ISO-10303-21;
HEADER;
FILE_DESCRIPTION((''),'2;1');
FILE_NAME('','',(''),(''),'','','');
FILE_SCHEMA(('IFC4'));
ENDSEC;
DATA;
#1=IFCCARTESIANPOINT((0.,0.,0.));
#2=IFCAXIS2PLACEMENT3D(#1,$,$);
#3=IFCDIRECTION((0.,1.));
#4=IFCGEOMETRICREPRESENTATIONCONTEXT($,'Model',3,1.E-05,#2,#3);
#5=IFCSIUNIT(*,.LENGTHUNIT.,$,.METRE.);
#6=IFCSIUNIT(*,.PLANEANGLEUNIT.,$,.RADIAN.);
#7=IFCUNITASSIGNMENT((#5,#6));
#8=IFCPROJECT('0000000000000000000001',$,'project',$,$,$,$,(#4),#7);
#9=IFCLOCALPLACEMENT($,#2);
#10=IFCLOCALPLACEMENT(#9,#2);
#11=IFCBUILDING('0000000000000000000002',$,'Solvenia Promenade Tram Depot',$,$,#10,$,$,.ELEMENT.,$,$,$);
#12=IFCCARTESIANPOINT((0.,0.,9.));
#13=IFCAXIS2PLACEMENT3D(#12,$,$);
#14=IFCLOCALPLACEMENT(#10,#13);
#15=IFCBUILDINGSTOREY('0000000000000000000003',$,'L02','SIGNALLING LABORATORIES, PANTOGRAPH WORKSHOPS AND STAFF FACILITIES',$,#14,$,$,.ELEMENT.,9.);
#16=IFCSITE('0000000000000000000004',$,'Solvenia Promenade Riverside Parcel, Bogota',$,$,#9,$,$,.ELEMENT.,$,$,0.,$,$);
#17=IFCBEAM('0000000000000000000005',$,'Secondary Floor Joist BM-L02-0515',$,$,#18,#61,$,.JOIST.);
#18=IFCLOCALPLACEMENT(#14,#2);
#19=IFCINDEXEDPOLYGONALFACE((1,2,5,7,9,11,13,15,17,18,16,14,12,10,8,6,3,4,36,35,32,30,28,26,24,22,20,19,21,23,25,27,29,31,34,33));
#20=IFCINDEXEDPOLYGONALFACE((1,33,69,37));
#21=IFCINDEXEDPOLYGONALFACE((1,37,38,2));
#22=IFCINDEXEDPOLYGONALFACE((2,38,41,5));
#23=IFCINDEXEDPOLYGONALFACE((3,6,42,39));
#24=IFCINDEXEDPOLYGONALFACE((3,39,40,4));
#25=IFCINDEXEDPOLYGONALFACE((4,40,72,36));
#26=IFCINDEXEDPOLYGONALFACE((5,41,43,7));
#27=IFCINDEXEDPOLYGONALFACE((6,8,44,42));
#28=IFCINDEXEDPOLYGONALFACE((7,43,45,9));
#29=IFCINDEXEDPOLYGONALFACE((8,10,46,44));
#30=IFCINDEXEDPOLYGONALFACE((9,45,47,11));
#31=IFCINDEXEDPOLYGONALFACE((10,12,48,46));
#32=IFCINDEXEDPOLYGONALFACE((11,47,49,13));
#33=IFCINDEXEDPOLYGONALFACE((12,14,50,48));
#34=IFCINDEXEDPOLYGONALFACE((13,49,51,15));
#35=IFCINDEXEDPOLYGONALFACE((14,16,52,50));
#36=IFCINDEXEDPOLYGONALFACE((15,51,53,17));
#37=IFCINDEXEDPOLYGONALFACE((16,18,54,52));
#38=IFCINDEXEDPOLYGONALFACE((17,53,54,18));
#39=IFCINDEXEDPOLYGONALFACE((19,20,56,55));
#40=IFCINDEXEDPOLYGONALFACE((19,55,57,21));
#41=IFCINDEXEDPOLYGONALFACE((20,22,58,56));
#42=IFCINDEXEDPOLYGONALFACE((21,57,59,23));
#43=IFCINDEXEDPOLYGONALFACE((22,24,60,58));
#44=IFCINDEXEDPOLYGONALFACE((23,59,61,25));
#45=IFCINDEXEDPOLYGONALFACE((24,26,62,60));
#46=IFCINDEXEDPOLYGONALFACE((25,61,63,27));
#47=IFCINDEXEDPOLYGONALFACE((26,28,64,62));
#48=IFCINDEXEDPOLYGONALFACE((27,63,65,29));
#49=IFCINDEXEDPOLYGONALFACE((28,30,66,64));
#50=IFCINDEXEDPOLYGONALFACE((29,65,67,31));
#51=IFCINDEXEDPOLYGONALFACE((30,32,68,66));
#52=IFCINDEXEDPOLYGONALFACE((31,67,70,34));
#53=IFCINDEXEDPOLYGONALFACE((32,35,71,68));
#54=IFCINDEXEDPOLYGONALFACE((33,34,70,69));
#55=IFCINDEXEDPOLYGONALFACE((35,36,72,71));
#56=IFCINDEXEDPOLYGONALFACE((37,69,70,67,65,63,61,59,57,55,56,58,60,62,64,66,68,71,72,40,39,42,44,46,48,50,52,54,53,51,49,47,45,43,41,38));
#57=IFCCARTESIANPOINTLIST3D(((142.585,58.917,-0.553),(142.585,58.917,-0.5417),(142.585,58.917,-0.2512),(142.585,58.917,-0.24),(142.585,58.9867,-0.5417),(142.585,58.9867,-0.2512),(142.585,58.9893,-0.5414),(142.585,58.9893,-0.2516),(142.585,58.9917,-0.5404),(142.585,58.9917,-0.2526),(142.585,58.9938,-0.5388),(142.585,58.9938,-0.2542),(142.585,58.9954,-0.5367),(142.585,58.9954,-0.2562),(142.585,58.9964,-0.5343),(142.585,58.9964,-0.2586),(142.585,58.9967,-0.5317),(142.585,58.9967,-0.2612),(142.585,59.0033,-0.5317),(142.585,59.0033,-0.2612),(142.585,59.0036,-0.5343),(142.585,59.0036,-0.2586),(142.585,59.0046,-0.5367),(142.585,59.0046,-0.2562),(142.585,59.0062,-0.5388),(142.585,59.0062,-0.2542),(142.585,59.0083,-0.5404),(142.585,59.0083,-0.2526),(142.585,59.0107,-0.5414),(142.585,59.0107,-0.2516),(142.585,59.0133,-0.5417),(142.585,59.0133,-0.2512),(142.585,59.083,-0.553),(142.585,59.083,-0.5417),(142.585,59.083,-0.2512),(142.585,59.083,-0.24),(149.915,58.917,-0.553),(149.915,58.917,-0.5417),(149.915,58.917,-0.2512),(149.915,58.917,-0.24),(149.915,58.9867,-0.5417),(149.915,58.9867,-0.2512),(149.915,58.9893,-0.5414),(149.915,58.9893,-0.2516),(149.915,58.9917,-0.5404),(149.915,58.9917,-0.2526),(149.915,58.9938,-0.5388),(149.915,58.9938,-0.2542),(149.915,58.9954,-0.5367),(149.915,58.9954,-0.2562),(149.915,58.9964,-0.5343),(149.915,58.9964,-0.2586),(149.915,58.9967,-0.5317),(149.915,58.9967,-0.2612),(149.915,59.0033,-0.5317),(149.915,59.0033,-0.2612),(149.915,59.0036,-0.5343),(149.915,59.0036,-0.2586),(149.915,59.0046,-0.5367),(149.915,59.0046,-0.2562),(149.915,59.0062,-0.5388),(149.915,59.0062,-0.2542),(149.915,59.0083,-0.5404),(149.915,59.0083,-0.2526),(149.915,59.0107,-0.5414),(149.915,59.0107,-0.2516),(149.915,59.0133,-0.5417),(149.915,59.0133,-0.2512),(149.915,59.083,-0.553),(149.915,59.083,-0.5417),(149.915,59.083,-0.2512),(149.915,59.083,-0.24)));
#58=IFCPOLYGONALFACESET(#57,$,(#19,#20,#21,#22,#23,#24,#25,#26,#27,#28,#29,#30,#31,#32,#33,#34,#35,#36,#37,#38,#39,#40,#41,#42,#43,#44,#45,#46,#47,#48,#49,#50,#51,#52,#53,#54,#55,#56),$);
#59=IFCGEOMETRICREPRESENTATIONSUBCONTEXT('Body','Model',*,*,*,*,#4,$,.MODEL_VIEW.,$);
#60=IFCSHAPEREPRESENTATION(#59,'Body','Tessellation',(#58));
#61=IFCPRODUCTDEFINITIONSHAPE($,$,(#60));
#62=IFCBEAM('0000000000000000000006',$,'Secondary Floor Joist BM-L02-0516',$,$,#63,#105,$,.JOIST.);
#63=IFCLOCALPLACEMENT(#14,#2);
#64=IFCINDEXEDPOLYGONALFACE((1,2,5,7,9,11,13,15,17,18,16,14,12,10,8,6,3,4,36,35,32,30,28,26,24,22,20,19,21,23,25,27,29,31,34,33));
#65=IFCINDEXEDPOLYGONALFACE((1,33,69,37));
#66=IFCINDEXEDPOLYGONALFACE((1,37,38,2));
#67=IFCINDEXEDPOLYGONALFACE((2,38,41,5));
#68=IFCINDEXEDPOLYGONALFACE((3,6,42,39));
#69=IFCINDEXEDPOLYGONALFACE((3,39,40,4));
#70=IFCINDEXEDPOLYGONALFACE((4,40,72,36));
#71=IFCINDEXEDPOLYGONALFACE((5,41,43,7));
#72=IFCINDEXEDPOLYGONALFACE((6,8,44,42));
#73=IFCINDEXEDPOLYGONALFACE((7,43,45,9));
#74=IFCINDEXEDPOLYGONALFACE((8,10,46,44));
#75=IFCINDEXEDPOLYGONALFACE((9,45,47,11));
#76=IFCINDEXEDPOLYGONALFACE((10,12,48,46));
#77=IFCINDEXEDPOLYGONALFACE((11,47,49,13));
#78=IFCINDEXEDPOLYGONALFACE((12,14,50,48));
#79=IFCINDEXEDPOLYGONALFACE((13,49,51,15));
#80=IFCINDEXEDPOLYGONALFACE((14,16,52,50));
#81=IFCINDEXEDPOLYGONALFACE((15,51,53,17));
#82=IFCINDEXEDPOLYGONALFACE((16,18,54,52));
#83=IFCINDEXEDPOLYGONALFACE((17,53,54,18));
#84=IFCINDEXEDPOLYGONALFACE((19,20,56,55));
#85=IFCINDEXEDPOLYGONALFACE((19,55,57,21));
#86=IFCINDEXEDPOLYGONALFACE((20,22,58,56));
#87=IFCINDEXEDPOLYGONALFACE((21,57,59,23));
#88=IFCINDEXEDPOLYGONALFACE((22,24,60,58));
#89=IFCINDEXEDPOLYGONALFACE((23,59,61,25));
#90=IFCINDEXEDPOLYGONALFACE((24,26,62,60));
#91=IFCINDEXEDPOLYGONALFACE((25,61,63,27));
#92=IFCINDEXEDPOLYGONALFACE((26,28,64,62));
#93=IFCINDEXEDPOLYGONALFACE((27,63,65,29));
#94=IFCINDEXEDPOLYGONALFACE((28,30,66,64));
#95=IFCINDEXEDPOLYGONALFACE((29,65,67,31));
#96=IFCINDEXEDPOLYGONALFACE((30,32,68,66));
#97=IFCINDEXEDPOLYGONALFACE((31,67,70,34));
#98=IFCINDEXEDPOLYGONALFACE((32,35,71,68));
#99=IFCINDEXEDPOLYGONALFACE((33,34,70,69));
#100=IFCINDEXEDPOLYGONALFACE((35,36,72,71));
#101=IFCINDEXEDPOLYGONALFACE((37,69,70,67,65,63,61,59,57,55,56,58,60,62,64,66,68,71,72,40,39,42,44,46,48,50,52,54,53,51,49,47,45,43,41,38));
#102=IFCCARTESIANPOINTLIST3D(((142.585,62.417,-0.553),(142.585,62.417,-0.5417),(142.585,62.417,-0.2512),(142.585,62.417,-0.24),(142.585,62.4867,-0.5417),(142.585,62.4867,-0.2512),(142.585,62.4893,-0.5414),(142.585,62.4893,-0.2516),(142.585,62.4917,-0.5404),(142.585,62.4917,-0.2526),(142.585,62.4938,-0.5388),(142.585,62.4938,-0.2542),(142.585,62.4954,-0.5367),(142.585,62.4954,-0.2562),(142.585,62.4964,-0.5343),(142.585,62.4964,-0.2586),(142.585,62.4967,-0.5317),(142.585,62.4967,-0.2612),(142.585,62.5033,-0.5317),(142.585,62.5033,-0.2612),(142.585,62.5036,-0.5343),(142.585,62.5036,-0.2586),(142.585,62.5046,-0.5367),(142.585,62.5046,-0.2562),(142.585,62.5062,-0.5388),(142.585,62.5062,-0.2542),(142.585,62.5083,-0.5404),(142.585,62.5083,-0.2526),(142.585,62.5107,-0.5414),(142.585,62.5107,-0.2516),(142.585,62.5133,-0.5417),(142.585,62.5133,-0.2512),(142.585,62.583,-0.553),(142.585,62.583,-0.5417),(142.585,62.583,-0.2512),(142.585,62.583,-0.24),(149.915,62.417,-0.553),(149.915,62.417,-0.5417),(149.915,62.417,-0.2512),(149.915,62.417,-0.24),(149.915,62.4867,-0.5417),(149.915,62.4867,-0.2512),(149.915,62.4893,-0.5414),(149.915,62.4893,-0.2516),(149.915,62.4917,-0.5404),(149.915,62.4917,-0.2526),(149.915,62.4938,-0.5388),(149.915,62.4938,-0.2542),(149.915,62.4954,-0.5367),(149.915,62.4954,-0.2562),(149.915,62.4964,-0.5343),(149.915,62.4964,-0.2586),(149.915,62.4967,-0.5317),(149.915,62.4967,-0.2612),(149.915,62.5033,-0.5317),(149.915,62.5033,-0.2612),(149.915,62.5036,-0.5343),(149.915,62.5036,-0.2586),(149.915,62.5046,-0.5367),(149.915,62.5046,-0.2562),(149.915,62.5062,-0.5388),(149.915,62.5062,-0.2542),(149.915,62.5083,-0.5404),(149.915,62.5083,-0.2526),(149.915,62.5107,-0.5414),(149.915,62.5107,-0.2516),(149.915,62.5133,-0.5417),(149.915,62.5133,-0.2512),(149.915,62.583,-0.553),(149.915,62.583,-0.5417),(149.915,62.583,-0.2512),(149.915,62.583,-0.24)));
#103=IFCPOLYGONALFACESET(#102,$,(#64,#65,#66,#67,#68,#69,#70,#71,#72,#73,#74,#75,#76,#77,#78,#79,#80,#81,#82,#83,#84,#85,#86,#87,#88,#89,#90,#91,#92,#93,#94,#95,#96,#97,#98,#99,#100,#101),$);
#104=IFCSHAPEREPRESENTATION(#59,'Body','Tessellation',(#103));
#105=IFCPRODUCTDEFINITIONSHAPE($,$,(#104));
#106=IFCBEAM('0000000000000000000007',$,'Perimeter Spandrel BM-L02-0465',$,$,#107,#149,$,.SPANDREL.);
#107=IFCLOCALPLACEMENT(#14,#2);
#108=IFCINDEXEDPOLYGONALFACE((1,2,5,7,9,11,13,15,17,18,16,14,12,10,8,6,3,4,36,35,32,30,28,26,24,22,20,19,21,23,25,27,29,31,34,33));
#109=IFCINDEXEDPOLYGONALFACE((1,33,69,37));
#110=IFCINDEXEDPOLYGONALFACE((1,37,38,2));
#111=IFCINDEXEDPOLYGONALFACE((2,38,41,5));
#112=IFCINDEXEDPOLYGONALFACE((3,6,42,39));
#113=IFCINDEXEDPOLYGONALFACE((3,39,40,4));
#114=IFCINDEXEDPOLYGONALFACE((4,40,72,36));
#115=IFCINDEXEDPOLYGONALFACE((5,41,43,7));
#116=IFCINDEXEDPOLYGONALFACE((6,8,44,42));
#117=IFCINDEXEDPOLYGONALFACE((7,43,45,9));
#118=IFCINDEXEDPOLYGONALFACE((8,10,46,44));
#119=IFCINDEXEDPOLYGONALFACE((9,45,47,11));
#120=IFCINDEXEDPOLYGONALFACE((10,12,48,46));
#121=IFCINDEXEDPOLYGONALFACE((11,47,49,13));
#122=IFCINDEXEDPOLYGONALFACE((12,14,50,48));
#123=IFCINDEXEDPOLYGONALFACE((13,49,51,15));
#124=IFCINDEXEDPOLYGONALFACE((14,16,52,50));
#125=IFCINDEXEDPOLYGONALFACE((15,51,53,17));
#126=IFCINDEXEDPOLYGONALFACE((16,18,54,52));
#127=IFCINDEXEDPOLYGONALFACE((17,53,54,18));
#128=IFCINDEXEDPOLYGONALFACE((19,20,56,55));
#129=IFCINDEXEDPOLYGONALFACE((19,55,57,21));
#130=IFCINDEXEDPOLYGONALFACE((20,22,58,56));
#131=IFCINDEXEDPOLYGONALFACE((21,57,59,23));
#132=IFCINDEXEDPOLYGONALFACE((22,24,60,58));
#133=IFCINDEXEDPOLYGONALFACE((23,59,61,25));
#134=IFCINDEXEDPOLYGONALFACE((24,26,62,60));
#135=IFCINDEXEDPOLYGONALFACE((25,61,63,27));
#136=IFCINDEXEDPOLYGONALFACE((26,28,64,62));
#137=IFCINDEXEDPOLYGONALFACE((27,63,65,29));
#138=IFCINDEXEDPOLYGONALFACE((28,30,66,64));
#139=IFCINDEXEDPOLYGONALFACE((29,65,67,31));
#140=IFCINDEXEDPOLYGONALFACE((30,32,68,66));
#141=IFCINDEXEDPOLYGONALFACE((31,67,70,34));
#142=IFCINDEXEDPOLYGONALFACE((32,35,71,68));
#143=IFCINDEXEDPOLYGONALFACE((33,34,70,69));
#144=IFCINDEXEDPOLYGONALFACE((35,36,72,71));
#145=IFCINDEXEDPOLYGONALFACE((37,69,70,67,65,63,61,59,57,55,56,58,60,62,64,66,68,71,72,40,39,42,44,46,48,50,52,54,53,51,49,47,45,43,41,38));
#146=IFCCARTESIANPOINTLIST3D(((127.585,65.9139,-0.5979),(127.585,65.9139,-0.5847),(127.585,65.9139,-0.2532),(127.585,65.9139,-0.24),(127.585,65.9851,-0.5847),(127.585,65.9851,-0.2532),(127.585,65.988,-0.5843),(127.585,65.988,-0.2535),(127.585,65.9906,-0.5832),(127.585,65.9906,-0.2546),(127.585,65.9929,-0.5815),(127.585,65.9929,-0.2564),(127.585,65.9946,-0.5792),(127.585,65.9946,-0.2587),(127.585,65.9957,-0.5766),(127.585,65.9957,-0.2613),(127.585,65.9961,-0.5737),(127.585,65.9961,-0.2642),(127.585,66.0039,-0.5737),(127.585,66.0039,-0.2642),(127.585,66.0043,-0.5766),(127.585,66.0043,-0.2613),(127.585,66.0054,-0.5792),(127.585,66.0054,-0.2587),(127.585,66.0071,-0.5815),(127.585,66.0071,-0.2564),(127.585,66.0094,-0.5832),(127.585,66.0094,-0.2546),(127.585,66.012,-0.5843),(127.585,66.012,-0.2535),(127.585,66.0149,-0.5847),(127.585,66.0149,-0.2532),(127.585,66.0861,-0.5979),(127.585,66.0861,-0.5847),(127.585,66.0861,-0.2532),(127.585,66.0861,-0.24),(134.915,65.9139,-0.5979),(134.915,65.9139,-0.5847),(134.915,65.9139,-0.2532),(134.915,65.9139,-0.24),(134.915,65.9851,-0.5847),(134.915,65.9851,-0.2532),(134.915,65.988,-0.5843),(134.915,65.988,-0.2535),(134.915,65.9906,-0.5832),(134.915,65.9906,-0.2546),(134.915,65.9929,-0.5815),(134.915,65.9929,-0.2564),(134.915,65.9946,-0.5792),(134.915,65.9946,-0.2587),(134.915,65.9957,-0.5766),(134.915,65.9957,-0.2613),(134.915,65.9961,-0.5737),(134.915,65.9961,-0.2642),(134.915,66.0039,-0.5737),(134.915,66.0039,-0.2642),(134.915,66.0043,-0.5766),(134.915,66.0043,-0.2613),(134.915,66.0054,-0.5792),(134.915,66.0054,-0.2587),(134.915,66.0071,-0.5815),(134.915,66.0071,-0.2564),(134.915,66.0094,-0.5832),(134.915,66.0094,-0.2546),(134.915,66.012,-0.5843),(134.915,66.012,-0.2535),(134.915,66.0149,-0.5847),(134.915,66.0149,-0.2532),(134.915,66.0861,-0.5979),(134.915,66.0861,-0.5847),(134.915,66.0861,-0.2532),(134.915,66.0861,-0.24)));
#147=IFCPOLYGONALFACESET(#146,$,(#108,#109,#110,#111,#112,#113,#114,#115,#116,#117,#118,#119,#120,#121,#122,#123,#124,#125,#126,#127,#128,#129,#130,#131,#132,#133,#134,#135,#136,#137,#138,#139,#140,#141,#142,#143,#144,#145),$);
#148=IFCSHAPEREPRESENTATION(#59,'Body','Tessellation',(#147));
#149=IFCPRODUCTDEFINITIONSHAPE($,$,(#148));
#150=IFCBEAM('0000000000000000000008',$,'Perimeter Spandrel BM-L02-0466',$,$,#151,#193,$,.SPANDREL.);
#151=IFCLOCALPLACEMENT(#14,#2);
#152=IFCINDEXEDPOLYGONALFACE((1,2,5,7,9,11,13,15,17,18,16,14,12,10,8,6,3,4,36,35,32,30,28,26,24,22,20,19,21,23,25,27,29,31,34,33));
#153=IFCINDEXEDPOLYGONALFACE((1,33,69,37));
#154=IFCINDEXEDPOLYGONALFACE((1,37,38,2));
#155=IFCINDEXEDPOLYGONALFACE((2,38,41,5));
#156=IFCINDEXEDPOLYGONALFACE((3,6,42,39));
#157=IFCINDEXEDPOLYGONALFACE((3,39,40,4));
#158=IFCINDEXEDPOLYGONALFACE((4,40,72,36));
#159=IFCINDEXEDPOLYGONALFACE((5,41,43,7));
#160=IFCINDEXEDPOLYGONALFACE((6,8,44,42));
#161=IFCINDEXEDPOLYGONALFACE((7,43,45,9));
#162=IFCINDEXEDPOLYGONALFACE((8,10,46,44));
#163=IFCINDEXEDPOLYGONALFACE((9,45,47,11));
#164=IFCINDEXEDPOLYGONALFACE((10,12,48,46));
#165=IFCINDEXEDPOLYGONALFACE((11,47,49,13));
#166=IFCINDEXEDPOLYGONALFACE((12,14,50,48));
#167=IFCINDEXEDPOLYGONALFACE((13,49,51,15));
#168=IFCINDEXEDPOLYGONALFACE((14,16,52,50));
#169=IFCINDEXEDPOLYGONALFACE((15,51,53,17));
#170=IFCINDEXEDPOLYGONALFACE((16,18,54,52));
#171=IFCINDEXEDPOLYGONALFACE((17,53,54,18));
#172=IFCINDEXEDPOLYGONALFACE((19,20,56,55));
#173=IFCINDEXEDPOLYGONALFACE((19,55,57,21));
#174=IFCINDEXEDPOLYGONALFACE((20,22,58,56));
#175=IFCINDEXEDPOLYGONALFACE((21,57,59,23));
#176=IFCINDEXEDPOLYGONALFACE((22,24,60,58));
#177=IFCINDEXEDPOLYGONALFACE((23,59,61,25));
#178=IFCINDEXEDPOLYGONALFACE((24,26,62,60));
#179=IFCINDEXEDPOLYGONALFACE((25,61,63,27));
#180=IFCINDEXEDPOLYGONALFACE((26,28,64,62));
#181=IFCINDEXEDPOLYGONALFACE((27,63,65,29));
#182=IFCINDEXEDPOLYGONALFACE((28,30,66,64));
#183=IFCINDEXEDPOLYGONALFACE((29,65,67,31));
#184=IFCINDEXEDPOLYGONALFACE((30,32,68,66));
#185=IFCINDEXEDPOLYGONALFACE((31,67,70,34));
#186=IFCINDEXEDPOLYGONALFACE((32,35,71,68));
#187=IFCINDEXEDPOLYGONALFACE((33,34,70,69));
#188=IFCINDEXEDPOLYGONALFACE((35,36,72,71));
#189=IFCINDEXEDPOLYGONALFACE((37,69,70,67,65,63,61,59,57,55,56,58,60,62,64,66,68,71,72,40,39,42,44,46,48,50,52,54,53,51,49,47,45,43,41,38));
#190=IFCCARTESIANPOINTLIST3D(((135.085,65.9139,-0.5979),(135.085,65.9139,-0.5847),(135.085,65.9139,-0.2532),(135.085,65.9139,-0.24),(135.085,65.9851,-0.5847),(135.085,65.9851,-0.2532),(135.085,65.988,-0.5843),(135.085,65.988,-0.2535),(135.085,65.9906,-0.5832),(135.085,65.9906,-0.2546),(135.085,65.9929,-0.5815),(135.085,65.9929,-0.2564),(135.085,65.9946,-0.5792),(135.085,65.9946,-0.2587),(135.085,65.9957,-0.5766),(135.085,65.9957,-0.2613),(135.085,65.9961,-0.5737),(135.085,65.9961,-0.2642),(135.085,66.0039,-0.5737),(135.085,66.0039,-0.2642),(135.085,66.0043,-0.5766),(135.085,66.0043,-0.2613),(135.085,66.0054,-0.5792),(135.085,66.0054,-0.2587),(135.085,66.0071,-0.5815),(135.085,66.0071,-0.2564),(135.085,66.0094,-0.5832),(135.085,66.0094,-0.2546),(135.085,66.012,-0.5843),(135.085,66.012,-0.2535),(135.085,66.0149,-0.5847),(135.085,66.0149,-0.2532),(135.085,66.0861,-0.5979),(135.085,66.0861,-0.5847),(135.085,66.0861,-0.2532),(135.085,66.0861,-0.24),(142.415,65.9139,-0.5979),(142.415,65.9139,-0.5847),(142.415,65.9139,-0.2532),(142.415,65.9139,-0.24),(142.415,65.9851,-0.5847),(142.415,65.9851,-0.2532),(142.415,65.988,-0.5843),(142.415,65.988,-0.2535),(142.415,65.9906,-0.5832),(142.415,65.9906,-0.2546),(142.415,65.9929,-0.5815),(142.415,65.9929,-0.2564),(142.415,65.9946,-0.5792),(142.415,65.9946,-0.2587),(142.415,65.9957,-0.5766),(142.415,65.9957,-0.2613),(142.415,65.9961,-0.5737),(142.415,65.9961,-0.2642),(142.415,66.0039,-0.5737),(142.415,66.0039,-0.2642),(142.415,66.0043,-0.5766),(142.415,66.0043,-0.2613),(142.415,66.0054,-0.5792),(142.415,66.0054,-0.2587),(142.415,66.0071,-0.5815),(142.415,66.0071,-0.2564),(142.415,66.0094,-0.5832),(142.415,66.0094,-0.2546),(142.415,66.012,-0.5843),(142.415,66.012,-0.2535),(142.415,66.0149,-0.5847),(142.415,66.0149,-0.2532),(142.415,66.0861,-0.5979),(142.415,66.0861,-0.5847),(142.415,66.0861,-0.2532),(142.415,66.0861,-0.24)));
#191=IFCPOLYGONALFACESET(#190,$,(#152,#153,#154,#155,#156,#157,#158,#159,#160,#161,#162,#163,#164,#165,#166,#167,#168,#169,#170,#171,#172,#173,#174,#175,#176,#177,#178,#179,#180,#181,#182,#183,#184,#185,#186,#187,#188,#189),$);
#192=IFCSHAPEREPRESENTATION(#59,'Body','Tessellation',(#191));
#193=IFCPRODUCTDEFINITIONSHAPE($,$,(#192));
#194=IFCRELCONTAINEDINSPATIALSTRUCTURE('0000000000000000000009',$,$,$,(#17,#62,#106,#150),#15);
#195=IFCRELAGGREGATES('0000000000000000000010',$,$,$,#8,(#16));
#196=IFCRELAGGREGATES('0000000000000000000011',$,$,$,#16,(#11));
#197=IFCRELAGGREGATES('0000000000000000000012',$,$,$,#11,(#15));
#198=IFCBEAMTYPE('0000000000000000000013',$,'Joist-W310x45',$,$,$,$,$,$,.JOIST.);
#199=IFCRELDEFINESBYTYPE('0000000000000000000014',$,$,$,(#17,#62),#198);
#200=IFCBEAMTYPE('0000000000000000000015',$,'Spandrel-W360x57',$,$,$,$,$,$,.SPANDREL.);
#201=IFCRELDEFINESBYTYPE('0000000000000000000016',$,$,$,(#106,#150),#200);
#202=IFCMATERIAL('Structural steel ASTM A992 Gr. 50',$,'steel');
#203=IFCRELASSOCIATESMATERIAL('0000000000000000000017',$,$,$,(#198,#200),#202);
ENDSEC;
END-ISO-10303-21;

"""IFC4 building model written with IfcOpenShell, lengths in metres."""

from ifc_helpers import new_model, si_unit, direction, frame, origin, origin_2d, place, context, subcontext, project, spatial, i_section, extrude, material, material_profile, profile_set, type_object, element, save


model = new_model("IFC4")

# Units and contexts
model_context = context("Model", 3, precision=1e-05, world=origin(), true_north=direction((0.0, 1.0)))
body_context = subcontext(model_context, "Body", "Model", "MODEL_VIEW")
ifc_project = project(units=[si_unit("LENGTHUNIT", "METRE"), si_unit("PLANEANGLEUNIT", "RADIAN")], contexts=[model_context])

# Site, building, storey
site_placement = place(None, origin())
site = spatial("IfcSite", under=ifc_project, at=site_placement, Name="Solvenia Promenade Riverside Parcel, Bogota", CompositionType="ELEMENT", RefElevation=0.0)
building_placement = place(site_placement, origin())
building = spatial("IfcBuilding", under=site, at=building_placement, Name="Solvenia Promenade Tram Depot", CompositionType="ELEMENT")
storey_placement = place(building_placement, frame((0.0, 0.0, 9.0)))
storey = spatial("IfcBuildingStorey", under=building, at=storey_placement, Name="L02", Description="SIGNALLING LABORATORIES, PANTOGRAPH WORKSHOPS AND STAFF FACILITIES", CompositionType="ELEMENT", Elevation=9.0)

# Shared definitions
ifc_material_1 = material(Name="Structural steel ASTM A992 Gr. 50", Category="steel")

# Beams
ifc_material_profile_1 = material_profile(ifc_material_1, i_section(OverallWidth=0.166, OverallDepth=0.313, WebThickness=0.0066, FlangeThickness=0.0112, FilletRadius=0.01, at=origin_2d()), Name="W310x45", Category="steel")
ifc_profile_set_1 = profile_set([ifc_material_profile_1], Name="Structural steel ASTM A992 Gr. 50")
beam_type_1 = type_object("IfcBeamType", Name="Joist-W310x45", PredefinedType="JOIST", material=ifc_profile_set_1)
for number, where, z_axis, x_axis, name in (
    (1, (142.585, 59.0, -0.3965), (1.0, 0.0, 0.0), (0.0, 1.0, 0.0), "Secondary Floor Joist BM-L02-0515"),
    (2, (142.585, 62.5, -0.3965), (1.0, 0.0, 0.0), (0.0, 1.0, 0.0), "Secondary Floor Joist BM-L02-0516"),
):
    element("IfcBeam", number, at=place(storey_placement, frame(where, z_axis=z_axis, x_axis=x_axis)), inside=storey, type_object=beam_type_1, Name=name, PredefinedType="JOIST", context=body_context, shape_type="SweptSolid", body=[
        extrude(i_section(OverallWidth=0.166, OverallDepth=0.313, WebThickness=0.0066, FlangeThickness=0.0112, FilletRadius=0.01, at=origin_2d()), origin(), (0.0, 0.0, 1.0), 7.3301),
    ])
ifc_material_profile_2 = material_profile(ifc_material_1, i_section(OverallWidth=0.1721, OverallDepth=0.3579, WebThickness=0.0078, FlangeThickness=0.0132, FilletRadius=0.011, at=origin_2d()), Name="W360x57", Category="steel")
ifc_profile_set_2 = profile_set([ifc_material_profile_2], Name="Structural steel ASTM A992 Gr. 50")
beam_type_2 = type_object("IfcBeamType", Name="Spandrel-W360x57", PredefinedType="SPANDREL", material=ifc_profile_set_2)
for number, where, z_axis, x_axis, name in (
    (3, (127.585, 66.0, -0.4189), (1.0, 0.0, 0.0), (0.0, 1.0, 0.0), "Perimeter Spandrel BM-L02-0465"),
    (4, (135.085, 66.0, -0.4189), (1.0, 0.0, 0.0), (0.0, 1.0, 0.0), "Perimeter Spandrel BM-L02-0466"),
):
    element("IfcBeam", number, at=place(storey_placement, frame(where, z_axis=z_axis, x_axis=x_axis)), inside=storey, type_object=beam_type_2, Name=name, PredefinedType="SPANDREL", context=body_context, shape_type="SweptSolid", body=[
        extrude(i_section(OverallWidth=0.1721, OverallDepth=0.3579, WebThickness=0.0078, FlangeThickness=0.0132, FilletRadius=0.011, at=origin_2d()), origin(), (0.0, 0.0, 1.0), 7.3301),
    ])

save(model, "model.ifc")
